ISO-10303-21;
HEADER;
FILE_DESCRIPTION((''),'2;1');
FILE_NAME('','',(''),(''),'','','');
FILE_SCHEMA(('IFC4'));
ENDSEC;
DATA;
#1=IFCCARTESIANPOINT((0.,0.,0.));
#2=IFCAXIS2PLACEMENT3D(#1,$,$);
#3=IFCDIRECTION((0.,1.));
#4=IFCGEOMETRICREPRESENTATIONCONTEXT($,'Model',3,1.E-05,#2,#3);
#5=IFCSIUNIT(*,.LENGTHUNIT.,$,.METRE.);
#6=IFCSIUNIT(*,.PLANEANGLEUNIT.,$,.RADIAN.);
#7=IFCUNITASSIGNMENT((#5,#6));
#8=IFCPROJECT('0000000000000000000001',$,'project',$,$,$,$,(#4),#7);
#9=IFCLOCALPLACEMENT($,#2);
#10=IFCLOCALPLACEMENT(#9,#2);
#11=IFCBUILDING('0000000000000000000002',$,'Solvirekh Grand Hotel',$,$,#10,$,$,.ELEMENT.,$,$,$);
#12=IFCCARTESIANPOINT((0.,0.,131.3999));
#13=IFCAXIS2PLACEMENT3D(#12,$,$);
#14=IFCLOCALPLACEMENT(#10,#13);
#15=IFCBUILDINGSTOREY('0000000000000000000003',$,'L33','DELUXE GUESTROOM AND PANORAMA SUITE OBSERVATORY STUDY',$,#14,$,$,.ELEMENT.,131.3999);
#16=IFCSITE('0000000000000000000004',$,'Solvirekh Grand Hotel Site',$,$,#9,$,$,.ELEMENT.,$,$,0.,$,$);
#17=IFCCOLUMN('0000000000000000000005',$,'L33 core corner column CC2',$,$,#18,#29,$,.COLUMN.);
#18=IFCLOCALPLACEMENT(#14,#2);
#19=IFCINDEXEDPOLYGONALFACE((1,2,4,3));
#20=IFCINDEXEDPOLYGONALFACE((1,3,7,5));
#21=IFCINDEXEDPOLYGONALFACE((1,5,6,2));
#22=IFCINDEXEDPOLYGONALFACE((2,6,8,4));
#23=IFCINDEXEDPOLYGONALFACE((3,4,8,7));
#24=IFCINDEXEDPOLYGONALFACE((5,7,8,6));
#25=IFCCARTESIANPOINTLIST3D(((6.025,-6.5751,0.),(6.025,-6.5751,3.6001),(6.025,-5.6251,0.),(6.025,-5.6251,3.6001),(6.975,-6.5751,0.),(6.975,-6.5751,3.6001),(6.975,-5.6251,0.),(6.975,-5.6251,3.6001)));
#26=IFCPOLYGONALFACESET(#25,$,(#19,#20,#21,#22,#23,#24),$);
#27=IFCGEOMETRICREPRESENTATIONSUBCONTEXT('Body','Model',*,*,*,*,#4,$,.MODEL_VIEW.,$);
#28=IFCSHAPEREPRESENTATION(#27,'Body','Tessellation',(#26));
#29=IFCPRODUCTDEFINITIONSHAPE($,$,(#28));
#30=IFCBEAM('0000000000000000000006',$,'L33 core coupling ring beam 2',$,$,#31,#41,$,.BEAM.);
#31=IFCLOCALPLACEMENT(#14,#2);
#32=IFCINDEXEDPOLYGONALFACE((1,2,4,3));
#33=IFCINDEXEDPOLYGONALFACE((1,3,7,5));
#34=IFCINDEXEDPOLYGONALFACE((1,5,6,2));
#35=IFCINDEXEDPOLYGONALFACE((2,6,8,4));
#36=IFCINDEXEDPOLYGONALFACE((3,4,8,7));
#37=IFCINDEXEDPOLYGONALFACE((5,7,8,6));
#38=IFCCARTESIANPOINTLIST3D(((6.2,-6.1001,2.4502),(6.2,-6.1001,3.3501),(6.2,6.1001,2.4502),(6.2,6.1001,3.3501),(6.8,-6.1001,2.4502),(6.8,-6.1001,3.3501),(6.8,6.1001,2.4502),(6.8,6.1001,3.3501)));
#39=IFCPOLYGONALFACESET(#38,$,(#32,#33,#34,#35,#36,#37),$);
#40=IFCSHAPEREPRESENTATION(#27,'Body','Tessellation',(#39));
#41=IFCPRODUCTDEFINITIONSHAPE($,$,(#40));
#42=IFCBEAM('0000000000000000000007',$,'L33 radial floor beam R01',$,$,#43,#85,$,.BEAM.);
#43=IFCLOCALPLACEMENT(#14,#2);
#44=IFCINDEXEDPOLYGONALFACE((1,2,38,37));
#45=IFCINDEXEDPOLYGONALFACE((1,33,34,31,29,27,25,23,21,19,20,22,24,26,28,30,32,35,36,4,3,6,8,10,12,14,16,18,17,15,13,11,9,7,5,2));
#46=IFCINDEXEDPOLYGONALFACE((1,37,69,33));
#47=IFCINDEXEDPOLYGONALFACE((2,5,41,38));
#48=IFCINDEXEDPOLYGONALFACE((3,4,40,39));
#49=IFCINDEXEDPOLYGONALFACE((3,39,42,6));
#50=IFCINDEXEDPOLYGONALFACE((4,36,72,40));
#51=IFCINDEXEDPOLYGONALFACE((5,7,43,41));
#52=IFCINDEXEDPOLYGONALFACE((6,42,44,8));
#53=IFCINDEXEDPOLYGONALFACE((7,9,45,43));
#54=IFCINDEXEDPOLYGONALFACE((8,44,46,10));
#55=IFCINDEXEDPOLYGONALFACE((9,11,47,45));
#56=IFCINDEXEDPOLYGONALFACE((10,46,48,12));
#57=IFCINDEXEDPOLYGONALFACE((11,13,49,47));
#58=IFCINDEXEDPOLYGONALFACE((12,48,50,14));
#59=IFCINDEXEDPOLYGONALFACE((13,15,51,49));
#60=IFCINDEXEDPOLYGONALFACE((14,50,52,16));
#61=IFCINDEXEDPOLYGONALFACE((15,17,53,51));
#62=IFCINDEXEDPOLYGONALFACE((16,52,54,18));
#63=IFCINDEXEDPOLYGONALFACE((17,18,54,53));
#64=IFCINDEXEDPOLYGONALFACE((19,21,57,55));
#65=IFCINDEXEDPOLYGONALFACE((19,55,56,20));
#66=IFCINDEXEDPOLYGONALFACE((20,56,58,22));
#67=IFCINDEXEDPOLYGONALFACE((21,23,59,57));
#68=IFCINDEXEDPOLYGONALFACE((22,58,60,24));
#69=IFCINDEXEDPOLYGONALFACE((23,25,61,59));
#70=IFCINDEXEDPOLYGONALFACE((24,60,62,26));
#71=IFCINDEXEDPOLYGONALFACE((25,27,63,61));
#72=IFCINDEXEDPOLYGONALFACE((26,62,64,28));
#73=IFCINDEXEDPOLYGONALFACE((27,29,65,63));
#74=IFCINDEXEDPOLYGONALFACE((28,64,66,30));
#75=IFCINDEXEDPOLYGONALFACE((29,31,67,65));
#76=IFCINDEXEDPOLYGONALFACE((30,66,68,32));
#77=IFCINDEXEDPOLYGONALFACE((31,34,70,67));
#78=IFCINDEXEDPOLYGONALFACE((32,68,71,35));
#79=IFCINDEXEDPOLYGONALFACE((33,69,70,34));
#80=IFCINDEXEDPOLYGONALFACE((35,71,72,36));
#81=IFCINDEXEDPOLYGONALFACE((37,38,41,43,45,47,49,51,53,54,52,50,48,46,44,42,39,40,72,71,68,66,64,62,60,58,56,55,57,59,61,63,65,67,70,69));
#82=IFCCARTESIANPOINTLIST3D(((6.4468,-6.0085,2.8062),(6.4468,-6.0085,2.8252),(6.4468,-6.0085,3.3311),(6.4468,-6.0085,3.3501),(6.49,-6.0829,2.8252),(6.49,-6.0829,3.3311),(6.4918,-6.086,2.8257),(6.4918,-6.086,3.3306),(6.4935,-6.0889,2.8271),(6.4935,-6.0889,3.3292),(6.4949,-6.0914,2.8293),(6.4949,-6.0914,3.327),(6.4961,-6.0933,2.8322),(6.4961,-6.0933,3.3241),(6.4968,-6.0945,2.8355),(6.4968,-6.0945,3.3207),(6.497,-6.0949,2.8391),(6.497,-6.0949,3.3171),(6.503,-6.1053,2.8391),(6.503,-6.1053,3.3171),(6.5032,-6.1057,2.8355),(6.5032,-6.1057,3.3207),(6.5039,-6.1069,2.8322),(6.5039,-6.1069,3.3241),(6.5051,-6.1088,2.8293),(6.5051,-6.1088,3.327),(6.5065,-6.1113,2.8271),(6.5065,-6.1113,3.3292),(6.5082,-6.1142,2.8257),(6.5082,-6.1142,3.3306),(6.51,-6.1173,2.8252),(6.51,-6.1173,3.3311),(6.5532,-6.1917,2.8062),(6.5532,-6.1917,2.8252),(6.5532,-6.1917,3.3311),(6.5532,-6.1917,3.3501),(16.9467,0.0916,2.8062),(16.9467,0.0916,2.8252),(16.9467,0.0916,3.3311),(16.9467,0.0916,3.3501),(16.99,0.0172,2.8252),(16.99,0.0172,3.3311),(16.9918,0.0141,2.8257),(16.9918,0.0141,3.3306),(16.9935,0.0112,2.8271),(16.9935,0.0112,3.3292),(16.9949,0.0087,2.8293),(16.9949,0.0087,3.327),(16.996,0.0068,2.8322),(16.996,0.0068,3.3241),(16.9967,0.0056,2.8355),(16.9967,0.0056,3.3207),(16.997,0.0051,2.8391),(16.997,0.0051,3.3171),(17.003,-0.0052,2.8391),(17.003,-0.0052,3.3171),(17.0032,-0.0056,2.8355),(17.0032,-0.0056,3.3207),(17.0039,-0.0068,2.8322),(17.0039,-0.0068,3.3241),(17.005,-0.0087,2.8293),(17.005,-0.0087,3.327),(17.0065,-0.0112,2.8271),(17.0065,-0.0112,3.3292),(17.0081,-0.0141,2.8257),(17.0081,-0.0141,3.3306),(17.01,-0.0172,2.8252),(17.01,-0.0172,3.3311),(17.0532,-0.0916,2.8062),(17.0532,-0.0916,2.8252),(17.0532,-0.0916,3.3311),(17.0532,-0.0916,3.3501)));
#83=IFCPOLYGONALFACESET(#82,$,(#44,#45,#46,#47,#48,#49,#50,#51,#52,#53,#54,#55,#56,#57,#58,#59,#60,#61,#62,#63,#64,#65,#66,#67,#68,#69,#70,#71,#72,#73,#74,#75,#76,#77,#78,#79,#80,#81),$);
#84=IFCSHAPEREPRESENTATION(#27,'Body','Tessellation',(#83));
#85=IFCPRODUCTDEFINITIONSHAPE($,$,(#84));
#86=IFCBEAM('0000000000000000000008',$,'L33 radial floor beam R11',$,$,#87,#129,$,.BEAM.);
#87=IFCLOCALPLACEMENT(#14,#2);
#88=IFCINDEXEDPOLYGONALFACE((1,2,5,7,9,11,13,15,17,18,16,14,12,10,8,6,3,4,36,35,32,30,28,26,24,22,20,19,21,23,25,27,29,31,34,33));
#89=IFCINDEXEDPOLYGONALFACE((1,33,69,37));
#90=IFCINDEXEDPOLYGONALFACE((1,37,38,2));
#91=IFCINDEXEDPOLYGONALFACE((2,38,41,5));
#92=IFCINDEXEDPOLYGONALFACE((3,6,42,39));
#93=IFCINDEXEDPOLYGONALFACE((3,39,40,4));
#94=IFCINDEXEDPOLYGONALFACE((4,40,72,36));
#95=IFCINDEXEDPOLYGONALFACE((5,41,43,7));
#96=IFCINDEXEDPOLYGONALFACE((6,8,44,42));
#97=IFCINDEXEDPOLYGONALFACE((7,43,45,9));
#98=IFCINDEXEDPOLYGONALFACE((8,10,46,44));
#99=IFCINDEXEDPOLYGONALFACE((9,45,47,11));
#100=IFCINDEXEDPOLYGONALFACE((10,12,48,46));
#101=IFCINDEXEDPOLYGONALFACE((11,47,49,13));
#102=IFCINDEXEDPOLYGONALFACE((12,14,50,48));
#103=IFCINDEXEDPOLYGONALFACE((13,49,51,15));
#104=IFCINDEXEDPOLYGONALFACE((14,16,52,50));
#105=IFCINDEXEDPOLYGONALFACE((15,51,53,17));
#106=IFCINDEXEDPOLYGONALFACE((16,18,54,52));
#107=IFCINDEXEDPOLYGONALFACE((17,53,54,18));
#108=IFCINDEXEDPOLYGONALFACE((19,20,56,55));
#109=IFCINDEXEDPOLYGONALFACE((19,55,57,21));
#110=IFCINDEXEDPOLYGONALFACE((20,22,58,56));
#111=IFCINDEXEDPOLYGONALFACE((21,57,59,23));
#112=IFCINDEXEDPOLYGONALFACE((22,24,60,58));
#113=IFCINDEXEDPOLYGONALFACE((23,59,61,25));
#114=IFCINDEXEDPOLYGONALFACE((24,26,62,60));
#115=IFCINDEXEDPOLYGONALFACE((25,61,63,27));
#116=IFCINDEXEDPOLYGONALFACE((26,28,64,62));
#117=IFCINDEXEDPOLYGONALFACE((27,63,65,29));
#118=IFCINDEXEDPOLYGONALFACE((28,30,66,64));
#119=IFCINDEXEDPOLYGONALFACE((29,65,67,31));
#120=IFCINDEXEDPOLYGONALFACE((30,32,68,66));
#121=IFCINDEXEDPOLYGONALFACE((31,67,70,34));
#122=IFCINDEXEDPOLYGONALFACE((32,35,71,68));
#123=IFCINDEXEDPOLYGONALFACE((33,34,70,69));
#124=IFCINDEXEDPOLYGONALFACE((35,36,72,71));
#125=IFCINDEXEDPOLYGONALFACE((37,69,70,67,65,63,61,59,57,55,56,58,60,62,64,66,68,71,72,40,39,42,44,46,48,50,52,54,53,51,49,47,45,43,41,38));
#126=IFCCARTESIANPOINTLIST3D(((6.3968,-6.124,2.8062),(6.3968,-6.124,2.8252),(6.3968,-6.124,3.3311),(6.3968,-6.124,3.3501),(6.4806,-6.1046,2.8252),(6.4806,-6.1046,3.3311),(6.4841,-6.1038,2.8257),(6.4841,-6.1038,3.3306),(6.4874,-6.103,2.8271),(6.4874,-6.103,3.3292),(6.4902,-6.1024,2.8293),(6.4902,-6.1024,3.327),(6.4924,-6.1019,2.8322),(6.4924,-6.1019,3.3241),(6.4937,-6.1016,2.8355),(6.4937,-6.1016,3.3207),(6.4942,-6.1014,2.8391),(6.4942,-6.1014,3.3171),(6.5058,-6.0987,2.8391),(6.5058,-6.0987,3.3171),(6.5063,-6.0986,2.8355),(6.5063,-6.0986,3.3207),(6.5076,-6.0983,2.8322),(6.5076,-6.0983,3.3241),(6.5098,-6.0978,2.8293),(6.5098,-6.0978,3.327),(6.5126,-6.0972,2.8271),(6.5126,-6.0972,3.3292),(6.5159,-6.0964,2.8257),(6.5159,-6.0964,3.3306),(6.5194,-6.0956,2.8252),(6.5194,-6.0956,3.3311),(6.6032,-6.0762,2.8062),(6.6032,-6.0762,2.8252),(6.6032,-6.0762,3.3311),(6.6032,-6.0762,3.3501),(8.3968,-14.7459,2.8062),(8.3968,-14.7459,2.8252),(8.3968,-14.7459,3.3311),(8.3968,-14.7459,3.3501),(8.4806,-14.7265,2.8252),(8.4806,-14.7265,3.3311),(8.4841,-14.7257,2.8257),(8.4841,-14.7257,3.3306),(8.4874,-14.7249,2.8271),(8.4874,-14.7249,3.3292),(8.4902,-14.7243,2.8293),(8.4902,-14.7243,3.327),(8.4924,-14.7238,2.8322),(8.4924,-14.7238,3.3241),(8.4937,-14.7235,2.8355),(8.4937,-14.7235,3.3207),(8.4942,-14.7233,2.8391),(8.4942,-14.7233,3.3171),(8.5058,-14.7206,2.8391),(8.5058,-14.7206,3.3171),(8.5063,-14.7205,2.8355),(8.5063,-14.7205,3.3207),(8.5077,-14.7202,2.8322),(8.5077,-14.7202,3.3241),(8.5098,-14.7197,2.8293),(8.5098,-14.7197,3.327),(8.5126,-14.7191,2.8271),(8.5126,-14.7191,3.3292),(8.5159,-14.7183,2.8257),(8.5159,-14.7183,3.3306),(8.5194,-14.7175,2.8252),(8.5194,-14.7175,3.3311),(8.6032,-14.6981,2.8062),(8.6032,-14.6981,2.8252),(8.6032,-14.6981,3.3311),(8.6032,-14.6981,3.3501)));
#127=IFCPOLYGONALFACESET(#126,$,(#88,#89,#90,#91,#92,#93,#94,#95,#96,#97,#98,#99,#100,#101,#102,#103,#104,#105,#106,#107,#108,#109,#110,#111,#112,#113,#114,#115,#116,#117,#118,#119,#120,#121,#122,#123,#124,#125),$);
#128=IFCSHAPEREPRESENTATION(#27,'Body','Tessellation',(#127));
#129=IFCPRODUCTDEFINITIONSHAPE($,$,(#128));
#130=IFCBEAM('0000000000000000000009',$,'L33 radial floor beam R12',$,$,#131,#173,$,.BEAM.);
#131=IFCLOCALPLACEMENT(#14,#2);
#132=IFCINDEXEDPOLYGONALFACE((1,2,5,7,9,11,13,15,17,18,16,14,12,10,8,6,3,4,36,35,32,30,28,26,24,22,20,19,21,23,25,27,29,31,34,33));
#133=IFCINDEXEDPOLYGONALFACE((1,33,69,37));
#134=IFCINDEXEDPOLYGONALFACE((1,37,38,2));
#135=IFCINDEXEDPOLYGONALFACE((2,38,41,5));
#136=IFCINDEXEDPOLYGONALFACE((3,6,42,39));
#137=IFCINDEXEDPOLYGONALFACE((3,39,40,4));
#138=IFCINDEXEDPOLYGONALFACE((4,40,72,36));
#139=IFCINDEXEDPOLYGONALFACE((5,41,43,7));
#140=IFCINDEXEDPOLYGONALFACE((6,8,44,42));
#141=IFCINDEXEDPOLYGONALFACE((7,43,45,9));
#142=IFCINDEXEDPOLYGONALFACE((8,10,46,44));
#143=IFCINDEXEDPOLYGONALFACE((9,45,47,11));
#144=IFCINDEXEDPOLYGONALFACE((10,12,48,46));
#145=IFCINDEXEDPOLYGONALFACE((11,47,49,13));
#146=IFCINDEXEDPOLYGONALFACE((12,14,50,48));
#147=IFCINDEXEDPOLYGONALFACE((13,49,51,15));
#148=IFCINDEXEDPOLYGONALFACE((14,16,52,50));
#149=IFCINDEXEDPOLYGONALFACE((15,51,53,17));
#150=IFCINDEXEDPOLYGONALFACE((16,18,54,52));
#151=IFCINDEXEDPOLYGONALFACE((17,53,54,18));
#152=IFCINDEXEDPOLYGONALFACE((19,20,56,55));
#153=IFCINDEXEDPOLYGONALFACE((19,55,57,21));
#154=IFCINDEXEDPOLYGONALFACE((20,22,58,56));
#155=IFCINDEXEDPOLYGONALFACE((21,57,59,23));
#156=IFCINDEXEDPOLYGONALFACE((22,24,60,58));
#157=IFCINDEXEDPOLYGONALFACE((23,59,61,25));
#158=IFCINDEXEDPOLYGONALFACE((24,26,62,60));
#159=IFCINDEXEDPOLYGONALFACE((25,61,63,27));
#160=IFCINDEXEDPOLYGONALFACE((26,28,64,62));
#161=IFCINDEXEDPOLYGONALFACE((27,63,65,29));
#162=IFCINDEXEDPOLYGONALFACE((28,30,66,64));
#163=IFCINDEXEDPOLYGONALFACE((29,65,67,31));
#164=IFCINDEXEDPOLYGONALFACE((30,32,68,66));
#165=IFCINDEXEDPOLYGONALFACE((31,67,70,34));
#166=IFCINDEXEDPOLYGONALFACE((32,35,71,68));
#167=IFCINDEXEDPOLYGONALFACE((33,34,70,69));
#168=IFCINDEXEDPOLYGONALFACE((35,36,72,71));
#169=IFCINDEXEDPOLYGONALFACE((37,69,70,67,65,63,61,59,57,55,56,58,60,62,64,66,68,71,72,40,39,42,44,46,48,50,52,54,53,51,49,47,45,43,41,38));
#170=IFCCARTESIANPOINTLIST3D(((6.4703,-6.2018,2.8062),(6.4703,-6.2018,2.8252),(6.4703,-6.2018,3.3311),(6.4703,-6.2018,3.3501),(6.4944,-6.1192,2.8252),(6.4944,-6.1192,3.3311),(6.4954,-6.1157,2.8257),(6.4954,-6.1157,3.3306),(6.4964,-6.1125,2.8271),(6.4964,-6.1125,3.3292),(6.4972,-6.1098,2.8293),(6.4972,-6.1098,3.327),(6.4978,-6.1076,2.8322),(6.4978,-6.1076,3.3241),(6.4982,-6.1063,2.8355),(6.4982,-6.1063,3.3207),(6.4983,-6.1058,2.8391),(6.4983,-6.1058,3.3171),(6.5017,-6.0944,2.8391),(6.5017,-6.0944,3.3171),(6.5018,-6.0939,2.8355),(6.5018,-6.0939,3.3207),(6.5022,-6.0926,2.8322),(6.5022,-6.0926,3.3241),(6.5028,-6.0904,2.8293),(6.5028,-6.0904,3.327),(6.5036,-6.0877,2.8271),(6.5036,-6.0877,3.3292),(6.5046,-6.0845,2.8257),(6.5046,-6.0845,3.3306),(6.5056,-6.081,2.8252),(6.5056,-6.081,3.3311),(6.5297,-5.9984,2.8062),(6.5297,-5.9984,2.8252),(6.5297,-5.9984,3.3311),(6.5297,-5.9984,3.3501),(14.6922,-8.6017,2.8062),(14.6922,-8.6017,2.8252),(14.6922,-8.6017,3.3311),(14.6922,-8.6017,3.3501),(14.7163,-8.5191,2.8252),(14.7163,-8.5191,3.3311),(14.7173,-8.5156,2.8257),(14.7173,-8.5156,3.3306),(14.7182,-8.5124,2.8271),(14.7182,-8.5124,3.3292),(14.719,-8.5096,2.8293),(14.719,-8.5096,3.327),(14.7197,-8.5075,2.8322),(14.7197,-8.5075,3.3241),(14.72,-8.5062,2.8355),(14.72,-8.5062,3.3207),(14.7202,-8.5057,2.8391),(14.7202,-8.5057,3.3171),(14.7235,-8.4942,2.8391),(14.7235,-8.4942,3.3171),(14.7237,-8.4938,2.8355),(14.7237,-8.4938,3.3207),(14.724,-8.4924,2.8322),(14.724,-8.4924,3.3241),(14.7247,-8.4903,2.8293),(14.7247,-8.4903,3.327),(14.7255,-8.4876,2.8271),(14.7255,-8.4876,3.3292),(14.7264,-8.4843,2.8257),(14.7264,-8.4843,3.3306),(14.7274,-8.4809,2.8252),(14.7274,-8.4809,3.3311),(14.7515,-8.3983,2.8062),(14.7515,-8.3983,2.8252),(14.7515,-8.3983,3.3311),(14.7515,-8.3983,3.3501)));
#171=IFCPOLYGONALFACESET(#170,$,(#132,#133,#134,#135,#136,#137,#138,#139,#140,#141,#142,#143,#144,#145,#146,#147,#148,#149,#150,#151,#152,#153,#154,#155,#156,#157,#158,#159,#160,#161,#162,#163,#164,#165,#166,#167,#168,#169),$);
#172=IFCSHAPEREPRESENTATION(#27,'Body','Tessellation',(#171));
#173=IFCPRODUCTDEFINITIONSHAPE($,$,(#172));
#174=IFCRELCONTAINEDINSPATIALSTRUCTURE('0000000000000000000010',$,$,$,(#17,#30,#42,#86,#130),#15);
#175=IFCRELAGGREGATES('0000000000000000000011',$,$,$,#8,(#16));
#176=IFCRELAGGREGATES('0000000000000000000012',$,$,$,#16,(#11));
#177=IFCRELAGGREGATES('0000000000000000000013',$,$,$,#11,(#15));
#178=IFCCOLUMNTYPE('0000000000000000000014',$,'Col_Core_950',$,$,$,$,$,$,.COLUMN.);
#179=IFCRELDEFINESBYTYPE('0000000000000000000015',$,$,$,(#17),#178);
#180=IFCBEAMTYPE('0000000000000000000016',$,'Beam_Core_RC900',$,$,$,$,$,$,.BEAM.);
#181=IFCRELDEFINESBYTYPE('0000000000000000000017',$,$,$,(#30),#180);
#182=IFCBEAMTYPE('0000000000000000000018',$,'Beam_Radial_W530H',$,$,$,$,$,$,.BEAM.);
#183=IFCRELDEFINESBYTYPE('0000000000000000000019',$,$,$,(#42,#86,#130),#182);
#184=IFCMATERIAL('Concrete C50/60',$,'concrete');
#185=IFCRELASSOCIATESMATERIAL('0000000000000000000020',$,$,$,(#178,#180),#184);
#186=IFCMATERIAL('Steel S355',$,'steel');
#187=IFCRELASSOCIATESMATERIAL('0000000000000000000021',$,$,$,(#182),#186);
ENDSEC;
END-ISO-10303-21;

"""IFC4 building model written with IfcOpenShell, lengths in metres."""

from ifc_helpers import new_model, si_unit, direction, frame, origin, origin_2d, place, context, subcontext, project, spatial, rectangle, i_section, extrude, material, material_profile, profile_set, type_object, element, save


model = new_model("IFC4")

# Units and contexts
model_context = context("Model", 3, precision=1e-05, world=origin(), true_north=direction((0.0, 1.0)))
body_context = subcontext(model_context, "Body", "Model", "MODEL_VIEW")
ifc_project = project(units=[si_unit("LENGTHUNIT", "METRE"), si_unit("PLANEANGLEUNIT", "RADIAN")], contexts=[model_context])

# Site, building, storey
site_placement = place(None, origin())
site = spatial("IfcSite", under=ifc_project, at=site_placement, Name="Solvirekh Grand Hotel Site", CompositionType="ELEMENT", RefElevation=0.0)
building_placement = place(site_placement, origin())
building = spatial("IfcBuilding", under=site, at=building_placement, Name="Solvirekh Grand Hotel", CompositionType="ELEMENT")
storey_placement = place(building_placement, frame((0.0, 0.0, 131.3999)))
storey = spatial("IfcBuildingStorey", under=building, at=storey_placement, Name="L33", Description="DELUXE GUESTROOM AND PANORAMA SUITE OBSERVATORY STUDY", CompositionType="ELEMENT", Elevation=131.3999)

# Column
ifc_material_1 = material(Name="Concrete C50/60", Category="concrete")
ifc_material_profile_1 = material_profile(ifc_material_1, rectangle(XDim=0.95, YDim=0.95, at=origin_2d()), Name="RC 950X950")
ifc_profile_set_1 = profile_set([ifc_material_profile_1], Name="Concrete C50/60")
column_type = type_object("IfcColumnType", Name="Col_Core_950", PredefinedType="COLUMN", material=ifc_profile_set_1)
column_placement = place(storey_placement, frame((6.5, -6.1001, 0.0), z_axis=(0.0, 0.0, 1.0), x_axis=(1.0, 0.0, 0.0)))
element("IfcColumn", 1, at=column_placement, inside=storey, type_object=column_type, Name="L33 core corner column CC2", PredefinedType="COLUMN", context=body_context, shape_type="SweptSolid", body=[
    extrude(rectangle(XDim=0.95, YDim=0.95, at=origin_2d()), origin(), (0.0, 0.0, 1.0), 3.6001),
])

# Beams
ifc_material_profile_2 = material_profile(ifc_material_1, rectangle(XDim=0.6001, YDim=0.8999, at=origin_2d()), Name="RC BEAM 600X900")
ifc_profile_set_2 = profile_set([ifc_material_profile_2], Name="Concrete C50/60")
beam_type_1 = type_object("IfcBeamType", Name="Beam_Core_RC900", PredefinedType="BEAM", material=ifc_profile_set_2)
beam_1_placement = place(storey_placement, frame((6.5, -6.1001, 2.9001), z_axis=(0.0, 1.0, 0.0), x_axis=(-1.0, 0.0, 0.0)))
element("IfcBeam", 2, at=beam_1_placement, inside=storey, type_object=beam_type_1, Name="L33 core coupling ring beam 2", PredefinedType="BEAM", context=body_context, shape_type="SweptSolid", body=[
    extrude(rectangle(XDim=0.6001, YDim=0.8999, at=origin_2d()), origin(), (0.0, 0.0, 1.0), 12.2002),
])
ifc_material_2 = material(Name="Steel S355", Category="steel")
ifc_material_profile_3 = material_profile(ifc_material_2, i_section(OverallWidth=0.2119, OverallDepth=0.5439, WebThickness=0.012, FlangeThickness=0.019, FilletRadius=0.0139, at=origin_2d()), Name="W530X123")
ifc_profile_set_3 = profile_set([ifc_material_profile_3], Name="Steel S355")
beam_type_2 = type_object("IfcBeamType", Name="Beam_Radial_W530H", PredefinedType="BEAM", material=ifc_profile_set_3)
beam_2_placement = place(storey_placement, frame((6.5, -6.1001, 3.0781), z_axis=(0.86467, 0.50234, 0.0), x_axis=(-0.50234, 0.86467, 0.0)))
element("IfcBeam", 3, at=beam_2_placement, inside=storey, type_object=beam_type_2, Name="L33 radial floor beam R01", PredefinedType="BEAM", context=body_context, shape_type="SweptSolid", body=[
    extrude(i_section(OverallWidth=0.2119, OverallDepth=0.5439, WebThickness=0.012, FlangeThickness=0.019, FilletRadius=0.0139, at=origin_2d()), origin(), (0.0, 0.0, 1.0), 12.1433),
])
beam_3_placement = place(storey_placement, frame((6.5, -6.1001, 3.0781), z_axis=(0.225969, -0.974134, 0.0), x_axis=(0.974134, 0.225969, 0.0)))
element("IfcBeam", 4, at=beam_3_placement, inside=storey, type_object=beam_type_2, Name="L33 radial floor beam R11", PredefinedType="BEAM", context=body_context, shape_type="SweptSolid", body=[
    extrude(i_section(OverallWidth=0.2119, OverallDepth=0.5439, WebThickness=0.012, FlangeThickness=0.019, FilletRadius=0.0139, at=origin_2d()), origin(), (0.0, 0.0, 1.0), 8.8508),
])
beam_4_placement = place(storey_placement, frame((6.5, -6.1001, 3.0781), z_axis=(0.959942, -0.280198, 0.0), x_axis=(0.280198, 0.959942, 0.0)))
element("IfcBeam", 5, at=beam_4_placement, inside=storey, type_object=beam_type_2, Name="L33 radial floor beam R12", PredefinedType="BEAM", context=body_context, shape_type="SweptSolid", body=[
    extrude(i_section(OverallWidth=0.2119, OverallDepth=0.5439, WebThickness=0.012, FlangeThickness=0.019, FilletRadius=0.0139, at=origin_2d()), origin(), (0.0, 0.0, 1.0), 8.5649),
])

save(model, "model.ifc")
